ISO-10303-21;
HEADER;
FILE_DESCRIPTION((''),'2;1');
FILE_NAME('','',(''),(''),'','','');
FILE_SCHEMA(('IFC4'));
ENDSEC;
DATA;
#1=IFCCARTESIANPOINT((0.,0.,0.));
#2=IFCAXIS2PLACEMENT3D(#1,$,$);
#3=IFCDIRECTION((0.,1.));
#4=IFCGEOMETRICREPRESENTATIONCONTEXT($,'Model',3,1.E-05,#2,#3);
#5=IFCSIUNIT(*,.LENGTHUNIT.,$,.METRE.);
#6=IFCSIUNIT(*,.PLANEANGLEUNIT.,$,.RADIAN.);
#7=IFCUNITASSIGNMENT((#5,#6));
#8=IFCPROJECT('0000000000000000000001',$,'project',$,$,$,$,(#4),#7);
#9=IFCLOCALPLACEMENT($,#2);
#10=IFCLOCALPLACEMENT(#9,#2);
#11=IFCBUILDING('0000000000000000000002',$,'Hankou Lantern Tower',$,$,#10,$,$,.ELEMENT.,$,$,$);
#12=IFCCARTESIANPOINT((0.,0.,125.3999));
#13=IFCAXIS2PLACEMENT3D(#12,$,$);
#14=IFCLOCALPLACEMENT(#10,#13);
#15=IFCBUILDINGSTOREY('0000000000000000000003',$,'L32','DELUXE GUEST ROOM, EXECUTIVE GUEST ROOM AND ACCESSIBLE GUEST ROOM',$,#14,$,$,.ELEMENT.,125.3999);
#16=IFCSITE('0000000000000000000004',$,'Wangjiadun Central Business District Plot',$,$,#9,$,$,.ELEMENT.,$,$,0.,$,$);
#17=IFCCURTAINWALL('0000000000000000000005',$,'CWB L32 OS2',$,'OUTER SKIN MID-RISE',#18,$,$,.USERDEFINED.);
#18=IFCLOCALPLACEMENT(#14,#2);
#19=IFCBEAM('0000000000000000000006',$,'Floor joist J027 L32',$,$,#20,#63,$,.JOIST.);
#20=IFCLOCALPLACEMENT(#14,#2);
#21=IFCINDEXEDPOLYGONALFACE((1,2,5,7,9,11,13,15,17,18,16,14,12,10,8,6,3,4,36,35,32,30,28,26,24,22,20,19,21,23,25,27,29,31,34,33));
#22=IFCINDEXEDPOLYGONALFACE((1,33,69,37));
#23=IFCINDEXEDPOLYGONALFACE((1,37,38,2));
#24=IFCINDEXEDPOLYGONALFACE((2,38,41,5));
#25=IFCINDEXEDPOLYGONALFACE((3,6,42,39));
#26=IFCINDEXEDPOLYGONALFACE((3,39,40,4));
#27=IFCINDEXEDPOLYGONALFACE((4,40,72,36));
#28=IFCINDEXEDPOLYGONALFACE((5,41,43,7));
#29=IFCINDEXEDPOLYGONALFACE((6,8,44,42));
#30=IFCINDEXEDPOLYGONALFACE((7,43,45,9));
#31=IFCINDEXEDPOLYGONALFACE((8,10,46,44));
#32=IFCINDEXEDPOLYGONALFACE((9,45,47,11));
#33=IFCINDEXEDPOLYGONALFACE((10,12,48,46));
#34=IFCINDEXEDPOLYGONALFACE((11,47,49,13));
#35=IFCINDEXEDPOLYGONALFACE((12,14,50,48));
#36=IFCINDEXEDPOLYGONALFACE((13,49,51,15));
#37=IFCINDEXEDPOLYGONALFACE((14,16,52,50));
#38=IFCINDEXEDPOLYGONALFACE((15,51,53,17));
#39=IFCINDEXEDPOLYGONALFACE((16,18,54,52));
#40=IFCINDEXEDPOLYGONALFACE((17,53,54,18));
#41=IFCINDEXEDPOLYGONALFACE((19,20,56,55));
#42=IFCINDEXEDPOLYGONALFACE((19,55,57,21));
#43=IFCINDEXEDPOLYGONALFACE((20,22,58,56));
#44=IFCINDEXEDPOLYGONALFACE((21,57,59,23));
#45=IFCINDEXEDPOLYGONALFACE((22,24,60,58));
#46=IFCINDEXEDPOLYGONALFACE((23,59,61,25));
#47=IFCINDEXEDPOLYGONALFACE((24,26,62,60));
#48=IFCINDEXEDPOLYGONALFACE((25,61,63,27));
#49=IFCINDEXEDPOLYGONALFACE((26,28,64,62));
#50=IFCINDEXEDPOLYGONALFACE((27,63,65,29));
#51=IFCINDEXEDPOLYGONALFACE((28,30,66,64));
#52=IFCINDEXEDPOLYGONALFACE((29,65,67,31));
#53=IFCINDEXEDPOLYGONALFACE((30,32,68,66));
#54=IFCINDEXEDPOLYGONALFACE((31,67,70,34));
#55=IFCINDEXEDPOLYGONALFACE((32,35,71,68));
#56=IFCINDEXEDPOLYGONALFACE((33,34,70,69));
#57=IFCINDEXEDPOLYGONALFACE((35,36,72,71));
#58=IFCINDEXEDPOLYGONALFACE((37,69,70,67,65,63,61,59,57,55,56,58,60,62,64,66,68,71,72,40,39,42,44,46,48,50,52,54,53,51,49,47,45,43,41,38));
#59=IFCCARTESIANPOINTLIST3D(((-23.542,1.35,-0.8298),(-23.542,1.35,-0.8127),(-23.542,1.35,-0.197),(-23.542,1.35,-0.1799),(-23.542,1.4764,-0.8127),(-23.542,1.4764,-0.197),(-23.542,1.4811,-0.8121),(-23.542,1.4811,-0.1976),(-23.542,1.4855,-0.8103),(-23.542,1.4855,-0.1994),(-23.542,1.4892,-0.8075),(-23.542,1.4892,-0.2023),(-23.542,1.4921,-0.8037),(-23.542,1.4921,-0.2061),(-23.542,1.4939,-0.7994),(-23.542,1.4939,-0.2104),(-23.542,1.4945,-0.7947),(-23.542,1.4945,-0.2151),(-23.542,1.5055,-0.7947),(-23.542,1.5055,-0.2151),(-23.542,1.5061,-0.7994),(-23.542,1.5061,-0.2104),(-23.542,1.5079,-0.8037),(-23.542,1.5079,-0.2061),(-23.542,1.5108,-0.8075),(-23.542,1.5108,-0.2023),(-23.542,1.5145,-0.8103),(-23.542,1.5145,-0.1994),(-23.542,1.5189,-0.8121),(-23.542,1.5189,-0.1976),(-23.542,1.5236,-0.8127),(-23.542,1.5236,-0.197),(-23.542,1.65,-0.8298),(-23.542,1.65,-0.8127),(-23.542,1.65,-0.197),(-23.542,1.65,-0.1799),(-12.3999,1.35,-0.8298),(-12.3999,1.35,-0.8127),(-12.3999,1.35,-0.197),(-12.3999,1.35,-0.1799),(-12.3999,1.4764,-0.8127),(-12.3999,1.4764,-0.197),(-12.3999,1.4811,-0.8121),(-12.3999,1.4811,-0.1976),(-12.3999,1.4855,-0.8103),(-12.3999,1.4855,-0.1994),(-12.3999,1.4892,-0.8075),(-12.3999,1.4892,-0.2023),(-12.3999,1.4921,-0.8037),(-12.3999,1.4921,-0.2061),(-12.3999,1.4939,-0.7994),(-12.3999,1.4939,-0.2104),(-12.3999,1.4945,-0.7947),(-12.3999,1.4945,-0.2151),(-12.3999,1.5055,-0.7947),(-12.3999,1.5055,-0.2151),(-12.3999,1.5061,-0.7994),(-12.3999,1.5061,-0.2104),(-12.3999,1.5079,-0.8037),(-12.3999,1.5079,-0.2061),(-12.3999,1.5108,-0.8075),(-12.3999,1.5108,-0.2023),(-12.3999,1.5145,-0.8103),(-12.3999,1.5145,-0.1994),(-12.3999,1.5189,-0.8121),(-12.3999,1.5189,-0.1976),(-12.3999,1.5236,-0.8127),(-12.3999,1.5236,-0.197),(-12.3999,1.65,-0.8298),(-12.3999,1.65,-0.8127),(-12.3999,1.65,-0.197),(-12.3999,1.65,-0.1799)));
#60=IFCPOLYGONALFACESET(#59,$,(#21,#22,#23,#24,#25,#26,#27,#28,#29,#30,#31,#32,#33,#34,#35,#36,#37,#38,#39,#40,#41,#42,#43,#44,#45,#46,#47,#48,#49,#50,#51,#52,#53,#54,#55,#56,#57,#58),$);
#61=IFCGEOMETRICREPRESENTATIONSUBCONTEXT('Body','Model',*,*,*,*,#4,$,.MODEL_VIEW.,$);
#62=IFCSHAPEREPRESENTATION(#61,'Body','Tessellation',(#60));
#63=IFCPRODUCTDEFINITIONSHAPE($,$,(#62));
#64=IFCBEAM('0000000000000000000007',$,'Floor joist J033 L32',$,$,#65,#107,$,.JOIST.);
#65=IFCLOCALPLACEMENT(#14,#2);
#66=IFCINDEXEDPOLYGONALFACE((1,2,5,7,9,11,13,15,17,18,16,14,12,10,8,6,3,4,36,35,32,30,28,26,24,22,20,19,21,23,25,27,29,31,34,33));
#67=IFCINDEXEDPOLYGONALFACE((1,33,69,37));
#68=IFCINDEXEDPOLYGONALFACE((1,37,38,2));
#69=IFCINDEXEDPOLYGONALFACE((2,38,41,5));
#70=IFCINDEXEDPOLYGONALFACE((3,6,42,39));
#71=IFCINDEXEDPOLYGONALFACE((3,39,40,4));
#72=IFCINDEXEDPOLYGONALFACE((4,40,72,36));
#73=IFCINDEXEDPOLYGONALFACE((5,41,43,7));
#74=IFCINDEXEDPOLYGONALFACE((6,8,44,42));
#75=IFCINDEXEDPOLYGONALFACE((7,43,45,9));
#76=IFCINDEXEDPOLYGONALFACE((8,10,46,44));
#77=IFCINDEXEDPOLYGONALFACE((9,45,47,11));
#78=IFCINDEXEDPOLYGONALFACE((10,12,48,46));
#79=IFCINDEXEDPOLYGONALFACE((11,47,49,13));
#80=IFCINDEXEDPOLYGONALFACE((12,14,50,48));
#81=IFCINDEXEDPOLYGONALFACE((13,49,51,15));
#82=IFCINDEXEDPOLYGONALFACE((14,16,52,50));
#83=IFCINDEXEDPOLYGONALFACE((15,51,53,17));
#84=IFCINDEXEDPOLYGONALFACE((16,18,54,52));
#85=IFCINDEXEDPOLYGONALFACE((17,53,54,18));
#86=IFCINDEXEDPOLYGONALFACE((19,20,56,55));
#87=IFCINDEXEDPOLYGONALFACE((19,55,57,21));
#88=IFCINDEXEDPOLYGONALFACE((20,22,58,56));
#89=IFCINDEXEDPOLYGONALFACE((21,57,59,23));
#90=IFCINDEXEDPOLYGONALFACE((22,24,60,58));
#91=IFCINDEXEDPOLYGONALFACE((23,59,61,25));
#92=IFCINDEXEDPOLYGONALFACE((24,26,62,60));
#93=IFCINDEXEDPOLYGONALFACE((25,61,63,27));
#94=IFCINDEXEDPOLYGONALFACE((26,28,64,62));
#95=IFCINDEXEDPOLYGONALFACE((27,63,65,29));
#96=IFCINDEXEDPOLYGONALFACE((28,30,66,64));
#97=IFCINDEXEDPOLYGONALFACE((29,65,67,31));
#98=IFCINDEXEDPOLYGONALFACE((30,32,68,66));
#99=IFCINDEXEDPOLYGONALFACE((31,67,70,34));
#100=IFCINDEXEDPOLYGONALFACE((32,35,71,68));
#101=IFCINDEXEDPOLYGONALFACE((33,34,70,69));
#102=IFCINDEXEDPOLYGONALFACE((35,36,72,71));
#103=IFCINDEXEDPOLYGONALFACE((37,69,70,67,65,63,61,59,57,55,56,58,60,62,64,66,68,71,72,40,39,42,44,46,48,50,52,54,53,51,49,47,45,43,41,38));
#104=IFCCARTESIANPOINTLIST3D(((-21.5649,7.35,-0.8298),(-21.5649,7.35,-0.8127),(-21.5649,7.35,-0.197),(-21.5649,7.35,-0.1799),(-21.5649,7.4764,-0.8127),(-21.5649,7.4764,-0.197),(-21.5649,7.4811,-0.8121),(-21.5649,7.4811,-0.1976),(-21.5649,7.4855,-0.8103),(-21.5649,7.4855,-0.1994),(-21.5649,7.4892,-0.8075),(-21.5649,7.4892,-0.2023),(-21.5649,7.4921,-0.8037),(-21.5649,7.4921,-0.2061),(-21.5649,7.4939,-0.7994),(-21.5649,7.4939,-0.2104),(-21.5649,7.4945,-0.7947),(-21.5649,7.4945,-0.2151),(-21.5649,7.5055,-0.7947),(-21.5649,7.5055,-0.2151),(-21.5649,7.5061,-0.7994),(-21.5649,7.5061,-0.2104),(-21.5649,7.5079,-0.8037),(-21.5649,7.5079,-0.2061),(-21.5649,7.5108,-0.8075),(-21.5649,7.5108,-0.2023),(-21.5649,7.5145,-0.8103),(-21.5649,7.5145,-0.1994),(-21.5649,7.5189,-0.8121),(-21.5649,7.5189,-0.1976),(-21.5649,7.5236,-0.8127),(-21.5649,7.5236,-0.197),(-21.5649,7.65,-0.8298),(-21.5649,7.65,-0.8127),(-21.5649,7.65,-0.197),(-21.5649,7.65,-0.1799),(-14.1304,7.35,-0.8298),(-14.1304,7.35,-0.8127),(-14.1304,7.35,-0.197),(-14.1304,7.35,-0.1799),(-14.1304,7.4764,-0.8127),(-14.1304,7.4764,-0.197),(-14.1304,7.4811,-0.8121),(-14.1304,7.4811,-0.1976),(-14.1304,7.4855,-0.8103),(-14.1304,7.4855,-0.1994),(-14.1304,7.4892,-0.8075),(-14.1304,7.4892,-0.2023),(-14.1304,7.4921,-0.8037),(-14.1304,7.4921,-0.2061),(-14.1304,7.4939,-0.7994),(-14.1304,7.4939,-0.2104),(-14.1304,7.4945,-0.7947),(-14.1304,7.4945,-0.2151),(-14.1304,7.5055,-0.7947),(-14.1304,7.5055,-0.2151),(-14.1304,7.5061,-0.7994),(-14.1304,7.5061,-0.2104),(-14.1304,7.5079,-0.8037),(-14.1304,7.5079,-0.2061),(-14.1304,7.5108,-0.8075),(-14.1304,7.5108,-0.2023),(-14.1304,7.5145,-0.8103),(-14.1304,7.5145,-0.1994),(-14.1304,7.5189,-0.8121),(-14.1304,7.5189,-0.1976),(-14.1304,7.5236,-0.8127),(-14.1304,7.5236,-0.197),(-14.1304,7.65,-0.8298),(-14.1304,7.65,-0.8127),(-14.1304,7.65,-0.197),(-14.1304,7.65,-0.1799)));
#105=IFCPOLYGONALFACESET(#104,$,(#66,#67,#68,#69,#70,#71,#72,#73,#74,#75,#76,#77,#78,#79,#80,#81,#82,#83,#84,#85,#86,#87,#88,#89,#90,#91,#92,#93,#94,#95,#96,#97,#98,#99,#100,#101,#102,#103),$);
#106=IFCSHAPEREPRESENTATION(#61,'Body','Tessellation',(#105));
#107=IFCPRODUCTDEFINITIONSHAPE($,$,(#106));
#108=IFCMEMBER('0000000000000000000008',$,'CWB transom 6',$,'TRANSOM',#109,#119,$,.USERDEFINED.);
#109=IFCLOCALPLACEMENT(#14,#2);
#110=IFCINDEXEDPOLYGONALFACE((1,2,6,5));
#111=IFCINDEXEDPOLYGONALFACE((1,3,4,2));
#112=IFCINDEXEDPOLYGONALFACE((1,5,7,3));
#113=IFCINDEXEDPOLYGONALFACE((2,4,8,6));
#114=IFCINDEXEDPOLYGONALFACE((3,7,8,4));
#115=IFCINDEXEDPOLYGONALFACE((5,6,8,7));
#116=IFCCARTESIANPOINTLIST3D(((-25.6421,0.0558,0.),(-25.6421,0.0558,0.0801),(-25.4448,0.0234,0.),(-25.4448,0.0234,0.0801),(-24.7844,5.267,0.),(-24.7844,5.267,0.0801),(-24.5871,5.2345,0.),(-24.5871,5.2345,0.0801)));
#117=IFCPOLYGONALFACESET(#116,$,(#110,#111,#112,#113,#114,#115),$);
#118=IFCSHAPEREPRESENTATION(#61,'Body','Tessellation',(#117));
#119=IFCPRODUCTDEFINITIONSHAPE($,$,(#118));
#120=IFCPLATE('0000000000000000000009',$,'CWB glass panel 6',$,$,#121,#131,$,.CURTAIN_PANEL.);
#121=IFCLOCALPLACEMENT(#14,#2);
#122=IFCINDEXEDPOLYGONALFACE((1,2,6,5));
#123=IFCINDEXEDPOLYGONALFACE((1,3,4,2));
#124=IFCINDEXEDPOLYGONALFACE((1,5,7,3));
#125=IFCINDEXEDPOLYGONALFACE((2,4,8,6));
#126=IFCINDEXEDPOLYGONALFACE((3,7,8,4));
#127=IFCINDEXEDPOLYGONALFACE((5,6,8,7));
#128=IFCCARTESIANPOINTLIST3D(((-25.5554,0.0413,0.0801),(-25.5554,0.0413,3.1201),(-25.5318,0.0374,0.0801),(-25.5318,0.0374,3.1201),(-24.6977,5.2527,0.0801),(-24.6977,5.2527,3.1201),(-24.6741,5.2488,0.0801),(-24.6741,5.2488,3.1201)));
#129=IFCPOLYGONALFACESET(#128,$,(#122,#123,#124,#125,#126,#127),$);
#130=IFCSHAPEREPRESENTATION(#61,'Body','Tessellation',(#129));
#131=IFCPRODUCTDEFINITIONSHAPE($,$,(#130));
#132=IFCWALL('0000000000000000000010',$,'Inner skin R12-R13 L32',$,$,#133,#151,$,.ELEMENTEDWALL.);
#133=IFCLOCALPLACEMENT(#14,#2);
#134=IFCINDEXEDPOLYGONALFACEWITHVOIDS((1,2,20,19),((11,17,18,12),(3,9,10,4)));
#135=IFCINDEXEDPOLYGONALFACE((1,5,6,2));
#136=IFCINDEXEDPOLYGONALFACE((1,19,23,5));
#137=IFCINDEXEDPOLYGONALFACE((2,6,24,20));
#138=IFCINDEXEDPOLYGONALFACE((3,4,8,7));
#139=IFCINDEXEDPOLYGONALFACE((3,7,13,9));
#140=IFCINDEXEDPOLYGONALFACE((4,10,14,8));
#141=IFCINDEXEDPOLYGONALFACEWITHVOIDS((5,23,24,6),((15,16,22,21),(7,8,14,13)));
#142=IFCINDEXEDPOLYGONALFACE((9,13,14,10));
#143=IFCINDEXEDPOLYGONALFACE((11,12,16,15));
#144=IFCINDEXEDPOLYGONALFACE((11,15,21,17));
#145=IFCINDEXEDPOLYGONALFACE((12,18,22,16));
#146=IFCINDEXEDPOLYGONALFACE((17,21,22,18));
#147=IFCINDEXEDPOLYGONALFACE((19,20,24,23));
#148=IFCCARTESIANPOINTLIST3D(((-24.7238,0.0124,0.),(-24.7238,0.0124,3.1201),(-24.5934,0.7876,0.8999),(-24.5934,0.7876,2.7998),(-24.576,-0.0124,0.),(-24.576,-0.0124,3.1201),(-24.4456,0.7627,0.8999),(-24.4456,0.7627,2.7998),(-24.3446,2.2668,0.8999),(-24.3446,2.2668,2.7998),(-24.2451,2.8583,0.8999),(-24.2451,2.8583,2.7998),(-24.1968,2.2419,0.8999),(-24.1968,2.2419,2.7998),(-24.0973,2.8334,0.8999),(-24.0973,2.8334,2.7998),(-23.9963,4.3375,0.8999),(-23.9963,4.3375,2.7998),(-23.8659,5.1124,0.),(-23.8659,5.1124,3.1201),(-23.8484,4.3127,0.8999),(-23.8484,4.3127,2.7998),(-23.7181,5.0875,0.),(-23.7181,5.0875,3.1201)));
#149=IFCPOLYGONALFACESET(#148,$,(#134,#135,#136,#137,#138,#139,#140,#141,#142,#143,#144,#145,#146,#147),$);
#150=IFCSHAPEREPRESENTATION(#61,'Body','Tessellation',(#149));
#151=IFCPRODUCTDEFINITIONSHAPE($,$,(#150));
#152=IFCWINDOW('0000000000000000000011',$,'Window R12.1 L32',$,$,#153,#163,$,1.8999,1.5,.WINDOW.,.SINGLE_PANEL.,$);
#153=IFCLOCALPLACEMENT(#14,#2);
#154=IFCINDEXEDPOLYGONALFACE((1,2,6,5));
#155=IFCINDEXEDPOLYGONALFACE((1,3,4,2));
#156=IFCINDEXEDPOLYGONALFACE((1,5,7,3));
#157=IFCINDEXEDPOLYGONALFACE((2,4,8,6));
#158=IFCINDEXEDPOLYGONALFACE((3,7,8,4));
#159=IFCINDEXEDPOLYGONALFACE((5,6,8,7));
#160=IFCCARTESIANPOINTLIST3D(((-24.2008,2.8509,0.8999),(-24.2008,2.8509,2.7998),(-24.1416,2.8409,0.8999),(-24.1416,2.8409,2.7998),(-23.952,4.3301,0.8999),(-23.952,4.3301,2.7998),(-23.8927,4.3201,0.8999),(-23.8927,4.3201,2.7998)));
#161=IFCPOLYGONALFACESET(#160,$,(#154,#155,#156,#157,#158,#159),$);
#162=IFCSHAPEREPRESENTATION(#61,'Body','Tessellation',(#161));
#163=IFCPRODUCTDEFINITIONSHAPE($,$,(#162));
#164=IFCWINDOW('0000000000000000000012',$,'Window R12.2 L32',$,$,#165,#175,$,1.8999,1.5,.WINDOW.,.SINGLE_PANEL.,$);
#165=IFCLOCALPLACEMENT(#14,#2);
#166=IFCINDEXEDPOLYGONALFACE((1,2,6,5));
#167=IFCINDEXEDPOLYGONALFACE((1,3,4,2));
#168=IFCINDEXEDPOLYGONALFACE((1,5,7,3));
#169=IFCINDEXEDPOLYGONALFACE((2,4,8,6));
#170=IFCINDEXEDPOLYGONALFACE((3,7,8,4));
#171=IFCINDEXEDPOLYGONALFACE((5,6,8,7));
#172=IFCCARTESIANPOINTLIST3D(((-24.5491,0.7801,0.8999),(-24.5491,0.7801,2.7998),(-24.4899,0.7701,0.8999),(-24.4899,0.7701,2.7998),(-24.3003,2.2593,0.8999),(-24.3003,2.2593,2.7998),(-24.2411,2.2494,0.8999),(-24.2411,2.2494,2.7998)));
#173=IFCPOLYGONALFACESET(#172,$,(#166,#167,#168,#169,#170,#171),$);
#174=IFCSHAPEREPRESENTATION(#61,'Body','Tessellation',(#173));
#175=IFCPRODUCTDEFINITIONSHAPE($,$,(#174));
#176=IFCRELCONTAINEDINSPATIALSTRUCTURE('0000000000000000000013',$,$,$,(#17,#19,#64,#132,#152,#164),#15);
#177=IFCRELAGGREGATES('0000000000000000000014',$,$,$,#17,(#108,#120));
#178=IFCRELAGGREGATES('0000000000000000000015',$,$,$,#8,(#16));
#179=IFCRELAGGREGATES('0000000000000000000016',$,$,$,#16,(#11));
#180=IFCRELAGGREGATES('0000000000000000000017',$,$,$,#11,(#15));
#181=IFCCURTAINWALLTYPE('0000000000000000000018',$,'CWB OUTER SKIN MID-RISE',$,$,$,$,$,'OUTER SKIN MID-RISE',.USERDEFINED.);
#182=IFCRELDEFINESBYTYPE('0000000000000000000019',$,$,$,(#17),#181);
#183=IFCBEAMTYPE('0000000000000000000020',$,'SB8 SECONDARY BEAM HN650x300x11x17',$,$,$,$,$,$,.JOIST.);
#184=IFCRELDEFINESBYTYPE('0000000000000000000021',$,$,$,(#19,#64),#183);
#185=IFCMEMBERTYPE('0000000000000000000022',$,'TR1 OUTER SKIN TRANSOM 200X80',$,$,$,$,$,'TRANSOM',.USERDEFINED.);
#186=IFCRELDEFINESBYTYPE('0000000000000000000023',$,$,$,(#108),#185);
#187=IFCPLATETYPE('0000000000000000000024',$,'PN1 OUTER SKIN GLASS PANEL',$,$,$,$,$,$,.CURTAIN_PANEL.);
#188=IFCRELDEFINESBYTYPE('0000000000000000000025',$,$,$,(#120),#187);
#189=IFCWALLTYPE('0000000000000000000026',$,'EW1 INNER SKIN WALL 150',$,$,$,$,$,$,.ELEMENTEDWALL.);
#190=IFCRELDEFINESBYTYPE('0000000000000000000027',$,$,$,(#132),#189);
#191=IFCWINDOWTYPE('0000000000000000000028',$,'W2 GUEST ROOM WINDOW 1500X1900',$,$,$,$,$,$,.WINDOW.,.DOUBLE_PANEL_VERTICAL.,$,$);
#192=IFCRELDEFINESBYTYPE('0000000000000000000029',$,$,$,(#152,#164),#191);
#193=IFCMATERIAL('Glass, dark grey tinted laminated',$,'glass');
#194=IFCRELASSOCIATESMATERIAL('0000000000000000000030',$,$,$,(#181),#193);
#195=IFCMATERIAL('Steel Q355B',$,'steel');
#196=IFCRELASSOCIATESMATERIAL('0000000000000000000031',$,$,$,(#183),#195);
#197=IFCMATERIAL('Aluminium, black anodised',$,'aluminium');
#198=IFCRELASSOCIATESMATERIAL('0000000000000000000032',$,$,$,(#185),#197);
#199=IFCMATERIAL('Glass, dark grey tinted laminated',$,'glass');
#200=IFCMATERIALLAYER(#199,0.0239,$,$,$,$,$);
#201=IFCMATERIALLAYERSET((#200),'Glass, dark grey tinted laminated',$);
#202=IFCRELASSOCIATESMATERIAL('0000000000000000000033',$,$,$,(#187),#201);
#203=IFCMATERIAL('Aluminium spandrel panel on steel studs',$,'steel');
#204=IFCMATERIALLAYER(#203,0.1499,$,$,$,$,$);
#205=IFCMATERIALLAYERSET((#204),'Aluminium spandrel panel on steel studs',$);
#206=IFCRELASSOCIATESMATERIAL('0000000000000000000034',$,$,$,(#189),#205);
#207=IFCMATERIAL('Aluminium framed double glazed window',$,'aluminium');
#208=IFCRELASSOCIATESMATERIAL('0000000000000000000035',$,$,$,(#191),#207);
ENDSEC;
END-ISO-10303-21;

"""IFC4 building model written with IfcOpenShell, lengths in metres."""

from ifc_helpers import new_model, si_unit, direction, frame, frame_2d, origin, origin_2d, place, context, subcontext, project, spatial, rectangle, i_section, extrude, material, layer, layer_set, material_profile, profile_set, type_object, element, fill, aggregate, save


model = new_model("IFC4")

# Units and contexts
model_context = context("Model", 3, precision=1e-05, world=origin(), true_north=direction((0.0, 1.0)))
body_context = subcontext(model_context, "Body", "Model", "MODEL_VIEW")
ifc_project = project(units=[si_unit("LENGTHUNIT", "METRE"), si_unit("PLANEANGLEUNIT", "RADIAN")], contexts=[model_context])

# Site, building, storey
site_placement = place(None, origin())
site = spatial("IfcSite", under=ifc_project, at=site_placement, Name="Wangjiadun Central Business District Plot", CompositionType="ELEMENT", RefElevation=0.0)
building_placement = place(site_placement, origin())
building = spatial("IfcBuilding", under=site, at=building_placement, Name="Hankou Lantern Tower", CompositionType="ELEMENT")
storey_placement = place(building_placement, frame((0.0, 0.0, 125.3999)))
storey = spatial("IfcBuildingStorey", under=building, at=storey_placement, Name="L32", Description="DELUXE GUEST ROOM, EXECUTIVE GUEST ROOM AND ACCESSIBLE GUEST ROOM", CompositionType="ELEMENT", Elevation=125.3999)

# Curtain wall
ifc_material_1 = material(Name="Glass, dark grey tinted laminated", Category="glass")
curtain_wall_type = type_object("IfcCurtainWallType", Name="CWB OUTER SKIN MID-RISE", ElementType="OUTER SKIN MID-RISE", PredefinedType="USERDEFINED", material=ifc_material_1)
curtain_wall_1_placement = place(storey_placement, origin())
curtain_wall_1 = element("IfcCurtainWall", 1, at=curtain_wall_1_placement, inside=storey, type_object=curtain_wall_type, Name="CWB L32 OS2", ObjectType="OUTER SKIN MID-RISE", PredefinedType="USERDEFINED")

# Beams
ifc_material_2 = material(Name="Steel Q355B", Category="steel")
ifc_material_profile_1 = material_profile(ifc_material_2, i_section(OverallWidth=0.3, OverallDepth=0.6499, WebThickness=0.011, FlangeThickness=0.0171, FilletRadius=0.0181, at=origin_2d()), Name="HN650x300x11x17")
ifc_profile_set_1 = profile_set([ifc_material_profile_1], Name="Steel Q355B")
beam_type_1 = type_object("IfcBeamType", Name="SB8 SECONDARY BEAM HN650x300x11x17", PredefinedType="JOIST", material=ifc_profile_set_1)
beam_1_placement = place(storey_placement, frame((-23.542, 1.5, -0.5049), z_axis=(1.0, 0.0, 0.0), x_axis=(0.0, 1.0, 0.0)))
element("IfcBeam", 2, at=beam_1_placement, inside=storey, type_object=beam_type_1, Name="Floor joist J027 L32", PredefinedType="JOIST", context=body_context, shape_type="SweptSolid", body=[
    extrude(i_section(OverallWidth=0.3, OverallDepth=0.6499, WebThickness=0.011, FlangeThickness=0.0171, FilletRadius=0.0181, at=origin_2d()), origin(), (0.0, 0.0, 1.0), 11.1421),
])
beam_2_placement = place(storey_placement, frame((-21.5649, 7.5, -0.5049), z_axis=(1.0, 0.0, 0.0), x_axis=(0.0, 1.0, 0.0)))
element("IfcBeam", 3, at=beam_2_placement, inside=storey, type_object=beam_type_1, Name="Floor joist J033 L32", PredefinedType="JOIST", context=body_context, shape_type="SweptSolid", body=[
    extrude(i_section(OverallWidth=0.3, OverallDepth=0.6499, WebThickness=0.011, FlangeThickness=0.0171, FilletRadius=0.0181, at=origin_2d()), origin(), (0.0, 0.0, 1.0), 7.4346),
])

# Member
ifc_material_3 = material(Name="Aluminium, black anodised", Category="aluminium")
ifc_material_profile_2 = material_profile(ifc_material_3, rectangle(XDim=0.2, YDim=0.0801, at=origin_2d()), Name="TR1 200X80")
ifc_profile_set_2 = profile_set([ifc_material_profile_2], Name="Aluminium, black anodised")
member_type_1 = type_object("IfcMemberType", Name="TR1 OUTER SKIN TRANSOM 200X80", ElementType="TRANSOM", PredefinedType="USERDEFINED", material=ifc_profile_set_2)
member_1_placement = place(storey_placement, frame((-24.6858, 5.2507, 0.04), z_axis=(-0.162397, -0.986725, 0.0), x_axis=(0.986725, -0.162397, 0.0)))
member_1 = element("IfcMember", 4, at=member_1_placement, type_object=member_type_1, Name="CWB transom 6", ObjectType="TRANSOM", PredefinedType="USERDEFINED", context=body_context, shape_type="SweptSolid", body=[
    extrude(rectangle(XDim=0.2, YDim=0.0801, at=origin_2d()), origin(), (0.0, 0.0, 1.0), 5.2812),
])

# Plate
ifc_material_4 = material(Name="Glass, dark grey tinted laminated", Category="glass")
ifc_layer_1 = layer(ifc_material_4, 0.0239)
ifc_layer_set_1 = layer_set([ifc_layer_1], Name="Glass, dark grey tinted laminated")
plate_type = type_object("IfcPlateType", Name="PN1 OUTER SKIN GLASS PANEL", PredefinedType="CURTAIN_PANEL", material=ifc_layer_set_1)
plate_placement = place(storey_placement, frame((-25.1147, 2.645, 0.0801), z_axis=(0.0, 0.0, 1.0), x_axis=(-0.162382, -0.986728, 0.0)))
plate = element("IfcPlate", 5, at=plate_placement, type_object=plate_type, Name="CWB glass panel 6", PredefinedType="CURTAIN_PANEL", context=body_context, shape_type="SweptSolid", body=[
    extrude(rectangle(XDim=5.2815, YDim=0.0239, at=origin_2d()), origin(), (0.0, 0.0, 1.0), 3.04),
])
aggregate(curtain_wall_1, [member_1, plate])

# Wall, openings, windows
ifc_material_5 = material(Name="Aluminium spandrel panel on steel studs", Category="steel")
ifc_layer_2 = layer(ifc_material_5, 0.1499)
ifc_layer_set_2 = layer_set([ifc_layer_2], Name="Aluminium spandrel panel on steel studs")
wall_type_1 = type_object("IfcWallType", Name="EW1 INNER SKIN WALL 150", PredefinedType="ELEMENTEDWALL", material=ifc_layer_set_2)
wall_1_placement = place(storey_placement, frame((-23.792, 5.1001, 0.0), z_axis=(0.0, 0.0, 1.0), x_axis=(-0.165884, -0.986145, 0.0)))
wall_1 = element("IfcWall", 6, at=wall_1_placement, inside=storey, type_object=wall_type_1, Name="Inner skin R12-R13 L32", PredefinedType="ELEMENTEDWALL", context=body_context, shape_type="SweptSolid", body=[
    extrude(rectangle(XDim=5.1716, YDim=0.1499, at=frame_2d((2.5859, 0.0))), origin(), (0.0, 0.0, 1.0), 3.1201),
])
opening_1_placement = place(wall_1_placement, frame((0.7859, 0.0, 0.8999)))
opening_1 = element("IfcOpeningElement", 7, at=opening_1_placement, cuts=wall_1, PredefinedType="OPENING", context=body_context, shape_type="SweptSolid", body=[
    extrude(rectangle(XDim=1.5, YDim=1.8999, at=frame_2d((0.75, 0.95))), frame((0.0, 0.085, 0.0), z_axis=(0.0, -1.0, 0.0), x_axis=(1.0, 0.0, 0.0)), (0.0, 0.0, 1.0), 0.1699),
])
opening_2_placement = place(wall_1_placement, frame((2.8857, 0.0, 0.8999)))
opening_2 = element("IfcOpeningElement", 8, at=opening_2_placement, cuts=wall_1, PredefinedType="OPENING", context=body_context, shape_type="SweptSolid", body=[
    extrude(rectangle(XDim=1.5, YDim=1.8999, at=frame_2d((0.75, 0.95))), frame((0.0, 0.085, 0.0), z_axis=(0.0, -1.0, 0.0), x_axis=(1.0, 0.0, 0.0)), (0.0, 0.0, 1.0), 0.1699),
])
ifc_material_6 = material(Name="Aluminium framed double glazed window", Category="aluminium")
window_type = type_object("IfcWindowType", Name="W2 GUEST ROOM WINDOW 1500X1900", PartitioningType="DOUBLE_PANEL_VERTICAL", PredefinedType="WINDOW", material=ifc_material_6)
window_1_placement = place(opening_1_placement, origin())
window_1 = element("IfcWindow", 9, at=window_1_placement, inside=storey, type_object=window_type, Name="Window R12.1 L32", OverallHeight=1.8999, OverallWidth=1.5, PartitioningType="SINGLE_PANEL", PredefinedType="WINDOW", context=body_context, shape_type="SweptSolid", body=[
    extrude(rectangle(XDim=1.5, YDim=1.8999, at=frame_2d((0.75, 0.95))), frame((0.0, 0.03, 0.0), z_axis=(0.0, -1.0, 0.0), x_axis=(1.0, 0.0, 0.0)), (0.0, 0.0, 1.0), 0.0601),
])
fill(opening_1, window_1)
window_2_placement = place(opening_2_placement, origin())
window_2 = element("IfcWindow", 10, at=window_2_placement, inside=storey, type_object=window_type, Name="Window R12.2 L32", OverallHeight=1.8999, OverallWidth=1.5, PartitioningType="SINGLE_PANEL", PredefinedType="WINDOW", context=body_context, shape_type="SweptSolid", body=[
    extrude(rectangle(XDim=1.5, YDim=1.8999, at=frame_2d((0.75, 0.95))), frame((0.0, 0.03, 0.0), z_axis=(0.0, -1.0, 0.0), x_axis=(1.0, 0.0, 0.0)), (0.0, 0.0, 1.0), 0.0601),
])
fill(opening_2, window_2)

save(model, "model.ifc")
